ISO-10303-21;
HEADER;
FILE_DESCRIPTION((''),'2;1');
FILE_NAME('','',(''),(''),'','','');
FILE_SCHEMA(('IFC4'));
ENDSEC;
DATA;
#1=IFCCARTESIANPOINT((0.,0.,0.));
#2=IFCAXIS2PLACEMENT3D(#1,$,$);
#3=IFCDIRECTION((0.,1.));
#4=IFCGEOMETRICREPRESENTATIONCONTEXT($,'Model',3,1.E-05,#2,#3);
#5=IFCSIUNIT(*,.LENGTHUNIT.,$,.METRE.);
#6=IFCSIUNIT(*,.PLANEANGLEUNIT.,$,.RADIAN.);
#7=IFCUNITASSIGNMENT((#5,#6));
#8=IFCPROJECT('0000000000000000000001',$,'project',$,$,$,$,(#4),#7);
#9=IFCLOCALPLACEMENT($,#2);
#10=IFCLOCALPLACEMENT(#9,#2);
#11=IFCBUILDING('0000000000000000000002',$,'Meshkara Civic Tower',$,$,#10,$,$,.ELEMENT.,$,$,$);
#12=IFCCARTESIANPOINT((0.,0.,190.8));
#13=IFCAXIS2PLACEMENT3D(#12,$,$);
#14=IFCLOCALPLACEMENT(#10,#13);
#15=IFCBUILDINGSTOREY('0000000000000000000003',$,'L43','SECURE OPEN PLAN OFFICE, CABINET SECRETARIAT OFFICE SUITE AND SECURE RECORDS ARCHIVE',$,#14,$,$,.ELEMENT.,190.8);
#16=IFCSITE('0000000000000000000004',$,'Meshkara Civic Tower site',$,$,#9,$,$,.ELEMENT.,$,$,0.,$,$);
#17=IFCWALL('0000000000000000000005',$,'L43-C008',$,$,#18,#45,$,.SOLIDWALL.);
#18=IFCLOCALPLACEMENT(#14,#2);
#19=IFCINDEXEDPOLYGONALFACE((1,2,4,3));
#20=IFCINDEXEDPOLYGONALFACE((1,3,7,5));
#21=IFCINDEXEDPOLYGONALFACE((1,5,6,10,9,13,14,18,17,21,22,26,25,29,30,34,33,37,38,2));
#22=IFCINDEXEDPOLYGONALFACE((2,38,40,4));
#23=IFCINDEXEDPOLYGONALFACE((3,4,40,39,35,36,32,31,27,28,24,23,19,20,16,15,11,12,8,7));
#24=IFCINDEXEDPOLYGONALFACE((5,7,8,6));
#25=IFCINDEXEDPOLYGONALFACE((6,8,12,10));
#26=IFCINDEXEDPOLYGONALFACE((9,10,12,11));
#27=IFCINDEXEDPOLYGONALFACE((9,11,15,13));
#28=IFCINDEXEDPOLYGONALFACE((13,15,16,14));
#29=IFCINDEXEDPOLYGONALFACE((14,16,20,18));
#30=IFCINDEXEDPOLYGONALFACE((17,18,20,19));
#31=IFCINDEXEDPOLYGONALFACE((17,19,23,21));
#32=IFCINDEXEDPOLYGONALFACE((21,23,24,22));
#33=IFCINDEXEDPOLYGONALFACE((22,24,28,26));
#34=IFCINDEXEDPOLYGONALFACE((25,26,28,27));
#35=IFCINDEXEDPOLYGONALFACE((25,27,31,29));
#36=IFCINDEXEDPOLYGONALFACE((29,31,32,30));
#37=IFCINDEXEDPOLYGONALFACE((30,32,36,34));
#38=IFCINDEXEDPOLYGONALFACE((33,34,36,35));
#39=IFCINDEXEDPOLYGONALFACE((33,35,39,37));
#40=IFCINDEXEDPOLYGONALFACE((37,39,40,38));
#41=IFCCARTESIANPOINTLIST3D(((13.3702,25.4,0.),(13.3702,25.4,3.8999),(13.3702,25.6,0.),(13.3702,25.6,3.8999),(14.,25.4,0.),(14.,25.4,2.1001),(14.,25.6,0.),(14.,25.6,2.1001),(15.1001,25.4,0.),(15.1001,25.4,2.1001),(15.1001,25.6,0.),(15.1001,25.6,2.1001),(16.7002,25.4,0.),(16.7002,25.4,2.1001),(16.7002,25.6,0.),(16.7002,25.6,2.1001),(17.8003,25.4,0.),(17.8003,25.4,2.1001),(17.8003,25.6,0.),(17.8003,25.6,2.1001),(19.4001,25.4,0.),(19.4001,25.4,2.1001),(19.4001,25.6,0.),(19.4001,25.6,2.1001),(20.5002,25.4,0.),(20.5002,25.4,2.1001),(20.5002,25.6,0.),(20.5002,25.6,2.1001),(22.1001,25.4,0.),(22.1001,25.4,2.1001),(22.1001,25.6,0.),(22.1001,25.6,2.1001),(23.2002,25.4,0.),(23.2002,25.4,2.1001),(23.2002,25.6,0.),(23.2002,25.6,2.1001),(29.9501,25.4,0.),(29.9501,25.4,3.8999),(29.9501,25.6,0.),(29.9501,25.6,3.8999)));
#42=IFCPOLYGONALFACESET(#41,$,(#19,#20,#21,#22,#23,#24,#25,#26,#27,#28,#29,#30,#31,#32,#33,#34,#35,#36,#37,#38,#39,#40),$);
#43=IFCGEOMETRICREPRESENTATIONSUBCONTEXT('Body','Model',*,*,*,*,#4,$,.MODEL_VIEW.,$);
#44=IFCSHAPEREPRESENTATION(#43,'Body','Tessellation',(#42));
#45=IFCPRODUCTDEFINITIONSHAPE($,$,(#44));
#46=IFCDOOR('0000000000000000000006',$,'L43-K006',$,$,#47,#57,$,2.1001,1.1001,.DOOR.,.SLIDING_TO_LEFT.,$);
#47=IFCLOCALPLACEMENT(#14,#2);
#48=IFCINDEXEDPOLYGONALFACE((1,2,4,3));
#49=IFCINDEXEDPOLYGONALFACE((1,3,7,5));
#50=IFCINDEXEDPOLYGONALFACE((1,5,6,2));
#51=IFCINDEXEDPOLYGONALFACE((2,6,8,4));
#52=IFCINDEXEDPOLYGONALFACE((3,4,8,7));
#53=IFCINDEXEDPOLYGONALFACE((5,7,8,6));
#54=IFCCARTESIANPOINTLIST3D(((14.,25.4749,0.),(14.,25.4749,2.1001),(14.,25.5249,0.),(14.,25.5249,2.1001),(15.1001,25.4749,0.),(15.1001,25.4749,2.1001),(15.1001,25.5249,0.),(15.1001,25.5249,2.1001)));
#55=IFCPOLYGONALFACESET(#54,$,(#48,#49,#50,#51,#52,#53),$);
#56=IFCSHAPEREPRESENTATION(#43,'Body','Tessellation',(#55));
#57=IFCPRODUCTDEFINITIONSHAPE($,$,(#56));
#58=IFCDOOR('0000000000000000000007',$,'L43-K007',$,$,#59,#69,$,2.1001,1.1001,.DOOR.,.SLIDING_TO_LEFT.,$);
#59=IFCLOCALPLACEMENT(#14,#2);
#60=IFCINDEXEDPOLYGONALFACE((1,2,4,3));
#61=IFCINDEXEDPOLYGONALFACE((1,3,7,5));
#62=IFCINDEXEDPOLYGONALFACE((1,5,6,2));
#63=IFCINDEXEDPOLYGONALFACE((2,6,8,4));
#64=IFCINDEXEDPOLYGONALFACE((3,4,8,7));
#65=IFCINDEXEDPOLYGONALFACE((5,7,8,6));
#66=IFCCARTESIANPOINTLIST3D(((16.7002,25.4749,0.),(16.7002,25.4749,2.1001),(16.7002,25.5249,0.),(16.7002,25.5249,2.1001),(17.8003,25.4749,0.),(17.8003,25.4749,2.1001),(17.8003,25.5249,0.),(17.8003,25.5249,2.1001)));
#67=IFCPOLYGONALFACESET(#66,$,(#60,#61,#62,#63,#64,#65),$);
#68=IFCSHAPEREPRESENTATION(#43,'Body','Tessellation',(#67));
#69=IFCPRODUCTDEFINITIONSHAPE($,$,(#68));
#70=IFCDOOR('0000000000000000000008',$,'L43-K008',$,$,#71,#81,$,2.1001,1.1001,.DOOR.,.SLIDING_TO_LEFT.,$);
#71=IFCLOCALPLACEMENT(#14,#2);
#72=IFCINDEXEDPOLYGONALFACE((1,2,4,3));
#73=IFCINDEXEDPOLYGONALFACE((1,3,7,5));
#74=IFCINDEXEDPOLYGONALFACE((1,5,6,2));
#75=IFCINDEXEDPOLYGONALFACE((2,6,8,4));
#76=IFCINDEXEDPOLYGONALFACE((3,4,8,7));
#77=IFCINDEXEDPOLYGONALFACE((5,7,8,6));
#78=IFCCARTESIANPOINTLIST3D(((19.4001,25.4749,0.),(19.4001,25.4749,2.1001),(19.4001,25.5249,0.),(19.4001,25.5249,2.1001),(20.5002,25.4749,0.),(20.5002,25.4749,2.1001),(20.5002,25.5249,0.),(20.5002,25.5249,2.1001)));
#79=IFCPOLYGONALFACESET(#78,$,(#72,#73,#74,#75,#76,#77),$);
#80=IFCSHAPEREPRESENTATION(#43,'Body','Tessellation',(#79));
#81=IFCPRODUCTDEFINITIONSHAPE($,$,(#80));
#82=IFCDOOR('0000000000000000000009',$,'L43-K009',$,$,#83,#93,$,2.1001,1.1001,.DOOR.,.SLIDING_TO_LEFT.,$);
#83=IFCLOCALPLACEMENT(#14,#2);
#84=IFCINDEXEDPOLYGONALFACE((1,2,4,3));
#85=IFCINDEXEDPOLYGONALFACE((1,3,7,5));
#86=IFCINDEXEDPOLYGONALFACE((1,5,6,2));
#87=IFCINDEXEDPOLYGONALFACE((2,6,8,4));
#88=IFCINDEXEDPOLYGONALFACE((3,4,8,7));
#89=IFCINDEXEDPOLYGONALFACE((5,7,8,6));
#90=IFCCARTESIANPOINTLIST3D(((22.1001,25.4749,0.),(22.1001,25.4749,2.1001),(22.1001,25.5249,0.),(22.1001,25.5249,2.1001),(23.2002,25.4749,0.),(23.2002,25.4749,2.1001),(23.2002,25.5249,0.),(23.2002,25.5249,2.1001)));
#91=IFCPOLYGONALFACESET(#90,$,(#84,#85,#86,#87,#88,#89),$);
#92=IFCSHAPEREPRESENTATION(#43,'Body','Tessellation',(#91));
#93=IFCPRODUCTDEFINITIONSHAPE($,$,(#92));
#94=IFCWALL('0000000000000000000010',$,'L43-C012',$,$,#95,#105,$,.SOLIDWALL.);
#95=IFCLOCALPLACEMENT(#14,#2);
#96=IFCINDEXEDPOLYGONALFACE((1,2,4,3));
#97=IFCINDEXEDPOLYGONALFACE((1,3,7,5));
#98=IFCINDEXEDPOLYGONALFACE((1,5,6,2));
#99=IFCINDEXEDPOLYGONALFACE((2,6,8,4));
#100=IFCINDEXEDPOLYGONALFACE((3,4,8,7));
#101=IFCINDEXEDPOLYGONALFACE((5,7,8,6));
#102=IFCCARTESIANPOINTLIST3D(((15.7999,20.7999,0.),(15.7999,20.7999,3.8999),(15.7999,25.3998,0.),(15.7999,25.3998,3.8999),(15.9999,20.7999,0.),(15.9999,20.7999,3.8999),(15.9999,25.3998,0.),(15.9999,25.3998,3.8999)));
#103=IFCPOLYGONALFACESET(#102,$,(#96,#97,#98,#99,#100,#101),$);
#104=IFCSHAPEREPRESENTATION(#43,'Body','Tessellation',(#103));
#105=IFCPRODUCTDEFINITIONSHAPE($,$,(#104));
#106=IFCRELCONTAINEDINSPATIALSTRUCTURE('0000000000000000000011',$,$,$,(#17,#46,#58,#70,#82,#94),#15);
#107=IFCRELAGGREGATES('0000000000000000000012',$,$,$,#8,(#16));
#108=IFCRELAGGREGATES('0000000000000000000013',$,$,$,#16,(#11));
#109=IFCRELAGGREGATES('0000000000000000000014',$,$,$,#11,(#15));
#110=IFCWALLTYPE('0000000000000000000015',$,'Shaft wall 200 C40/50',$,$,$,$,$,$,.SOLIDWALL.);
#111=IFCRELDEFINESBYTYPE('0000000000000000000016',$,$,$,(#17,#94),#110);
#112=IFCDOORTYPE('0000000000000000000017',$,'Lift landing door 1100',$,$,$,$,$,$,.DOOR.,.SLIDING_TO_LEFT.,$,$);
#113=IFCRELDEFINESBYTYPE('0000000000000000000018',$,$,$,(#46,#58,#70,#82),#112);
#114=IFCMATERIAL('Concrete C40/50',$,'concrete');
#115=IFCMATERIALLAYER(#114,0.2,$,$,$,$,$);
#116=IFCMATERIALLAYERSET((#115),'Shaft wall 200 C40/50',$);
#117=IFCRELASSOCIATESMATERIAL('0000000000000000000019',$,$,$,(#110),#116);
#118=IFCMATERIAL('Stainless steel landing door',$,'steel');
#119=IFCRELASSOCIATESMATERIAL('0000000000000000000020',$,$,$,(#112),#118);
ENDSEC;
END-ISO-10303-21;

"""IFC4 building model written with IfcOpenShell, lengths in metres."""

from ifc_helpers import new_model, si_unit, direction, frame, frame_2d, origin, place, context, subcontext, project, spatial, rectangle, extrude, material, layer, layer_set, type_object, element, fill, save


model = new_model("IFC4")

# Units and contexts
model_context = context("Model", 3, precision=1e-05, world=origin(), true_north=direction((0.0, 1.0)))
body_context = subcontext(model_context, "Body", "Model", "MODEL_VIEW")
ifc_project = project(units=[si_unit("LENGTHUNIT", "METRE"), si_unit("PLANEANGLEUNIT", "RADIAN")], contexts=[model_context])

# Site, building, storey
site_placement = place(None, origin())
site = spatial("IfcSite", under=ifc_project, at=site_placement, Name="Meshkara Civic Tower site", CompositionType="ELEMENT", RefElevation=0.0)
building_placement = place(site_placement, origin())
building = spatial("IfcBuilding", under=site, at=building_placement, Name="Meshkara Civic Tower", CompositionType="ELEMENT")
storey_placement = place(building_placement, frame((0.0, 0.0, 190.8)))
storey = spatial("IfcBuildingStorey", under=building, at=storey_placement, Name="L43", Description="SECURE OPEN PLAN OFFICE, CABINET SECRETARIAT OFFICE SUITE AND SECURE RECORDS ARCHIVE", CompositionType="ELEMENT", Elevation=190.8)

# Wall, openings, doors
ifc_material_1 = material(Name="Concrete C40/50", Category="concrete")
ifc_layer_1 = layer(ifc_material_1, 0.2)
ifc_layer_set_1 = layer_set([ifc_layer_1], Name="Shaft wall 200 C40/50")
wall_type_1 = type_object("IfcWallType", Name="Shaft wall 200 C40/50", PredefinedType="SOLIDWALL", material=ifc_layer_set_1)
ifc_material_2 = material(Name="Stainless steel landing door", Category="steel")
door_type_1 = type_object("IfcDoorType", Name="Lift landing door 1100", OperationType="SLIDING_TO_LEFT", PredefinedType="DOOR", material=ifc_material_2)
wall_1_placement = place(storey_placement, frame((13.3701, 25.5, 0.0), z_axis=(0.0, 0.0, 1.0), x_axis=(1.0, 0.0, 0.0)))
wall_1 = element("IfcWall", 1, at=wall_1_placement, inside=storey, type_object=wall_type_1, Name="L43-C008", PredefinedType="SOLIDWALL", context=body_context, shape_type="SweptSolid", body=[
    extrude(rectangle(XDim=16.5798, YDim=0.2, at=frame_2d((8.29, 0.0))), origin(), (0.0, 0.0, 1.0), 3.8999),
])
opening_1_placement = place(wall_1_placement, frame((0.6299, 0.0, 0.0)))
opening_1 = element("IfcOpeningElement", 2, at=opening_1_placement, cuts=wall_1, PredefinedType="OPENING", context=body_context, shape_type="SweptSolid", body=[
    extrude(rectangle(XDim=1.1001, YDim=2.1001, at=frame_2d((0.55, 1.05))), frame((0.0, 0.1099, 0.0), z_axis=(0.0, -1.0, 0.0), x_axis=(1.0, 0.0, 0.0)), (0.0, 0.0, 1.0), 0.22),
])
opening_2_placement = place(wall_1_placement, frame((3.3301, 0.0, 0.0)))
opening_2 = element("IfcOpeningElement", 3, at=opening_2_placement, cuts=wall_1, PredefinedType="OPENING", context=body_context, shape_type="SweptSolid", body=[
    extrude(rectangle(XDim=1.1001, YDim=2.1001, at=frame_2d((0.55, 1.05))), frame((0.0, 0.1099, 0.0), z_axis=(0.0, -1.0, 0.0), x_axis=(1.0, 0.0, 0.0)), (0.0, 0.0, 1.0), 0.22),
])
opening_3_placement = place(wall_1_placement, frame((6.03, 0.0, 0.0)))
opening_3 = element("IfcOpeningElement", 4, at=opening_3_placement, cuts=wall_1, PredefinedType="OPENING", context=body_context, shape_type="SweptSolid", body=[
    extrude(rectangle(XDim=1.1001, YDim=2.1001, at=frame_2d((0.55, 1.05))), frame((0.0, 0.1099, 0.0), z_axis=(0.0, -1.0, 0.0), x_axis=(1.0, 0.0, 0.0)), (0.0, 0.0, 1.0), 0.22),
])
opening_4_placement = place(wall_1_placement, frame((8.73, 0.0, 0.0)))
opening_4 = element("IfcOpeningElement", 5, at=opening_4_placement, cuts=wall_1, PredefinedType="OPENING", context=body_context, shape_type="SweptSolid", body=[
    extrude(rectangle(XDim=1.1001, YDim=2.1001, at=frame_2d((0.55, 1.05))), frame((0.0, 0.1099, 0.0), z_axis=(0.0, -1.0, 0.0), x_axis=(1.0, 0.0, 0.0)), (0.0, 0.0, 1.0), 0.22),
])
door_1_placement = place(opening_1_placement, origin())
door_1 = element("IfcDoor", 6, at=door_1_placement, inside=storey, type_object=door_type_1, Name="L43-K006", OperationType="SLIDING_TO_LEFT", OverallHeight=2.1001, OverallWidth=1.1001, PredefinedType="DOOR", context=body_context, shape_type="SweptSolid", body=[
    extrude(rectangle(XDim=1.1001, YDim=2.1001, at=frame_2d((0.55, 1.05))), frame((0.0, 0.0249, 0.0), z_axis=(0.0, -1.0, 0.0), x_axis=(1.0, 0.0, 0.0)), (0.0, 0.0, 1.0), 0.05),
])
fill(opening_1, door_1)
door_2_placement = place(opening_2_placement, origin())
door_2 = element("IfcDoor", 7, at=door_2_placement, inside=storey, type_object=door_type_1, Name="L43-K007", OperationType="SLIDING_TO_LEFT", OverallHeight=2.1001, OverallWidth=1.1001, PredefinedType="DOOR", context=body_context, shape_type="SweptSolid", body=[
    extrude(rectangle(XDim=1.1001, YDim=2.1001, at=frame_2d((0.55, 1.05))), frame((0.0, 0.0249, 0.0), z_axis=(0.0, -1.0, 0.0), x_axis=(1.0, 0.0, 0.0)), (0.0, 0.0, 1.0), 0.05),
])
fill(opening_2, door_2)
door_3_placement = place(opening_3_placement, origin())
door_3 = element("IfcDoor", 8, at=door_3_placement, inside=storey, type_object=door_type_1, Name="L43-K008", OperationType="SLIDING_TO_LEFT", OverallHeight=2.1001, OverallWidth=1.1001, PredefinedType="DOOR", context=body_context, shape_type="SweptSolid", body=[
    extrude(rectangle(XDim=1.1001, YDim=2.1001, at=frame_2d((0.55, 1.05))), frame((0.0, 0.0249, 0.0), z_axis=(0.0, -1.0, 0.0), x_axis=(1.0, 0.0, 0.0)), (0.0, 0.0, 1.0), 0.05),
])
fill(opening_3, door_3)
door_4_placement = place(opening_4_placement, origin())
door_4 = element("IfcDoor", 9, at=door_4_placement, inside=storey, type_object=door_type_1, Name="L43-K009", OperationType="SLIDING_TO_LEFT", OverallHeight=2.1001, OverallWidth=1.1001, PredefinedType="DOOR", context=body_context, shape_type="SweptSolid", body=[
    extrude(rectangle(XDim=1.1001, YDim=2.1001, at=frame_2d((0.55, 1.05))), frame((0.0, 0.0249, 0.0), z_axis=(0.0, -1.0, 0.0), x_axis=(1.0, 0.0, 0.0)), (0.0, 0.0, 1.0), 0.05),
])
fill(opening_4, door_4)

# Wall
wall_2_placement = place(storey_placement, frame((15.8999, 20.8, 0.0), z_axis=(0.0, 0.0, 1.0), x_axis=(0.0, 1.0, 0.0)))
element("IfcWall", 10, at=wall_2_placement, inside=storey, type_object=wall_type_1, Name="L43-C012", PredefinedType="SOLIDWALL", context=body_context, shape_type="SweptSolid", body=[
    extrude(rectangle(XDim=4.5999, YDim=0.2, at=frame_2d((2.2998, 0.0))), origin(), (0.0, 0.0, 1.0), 3.8999),
])

save(model, "model.ifc")
